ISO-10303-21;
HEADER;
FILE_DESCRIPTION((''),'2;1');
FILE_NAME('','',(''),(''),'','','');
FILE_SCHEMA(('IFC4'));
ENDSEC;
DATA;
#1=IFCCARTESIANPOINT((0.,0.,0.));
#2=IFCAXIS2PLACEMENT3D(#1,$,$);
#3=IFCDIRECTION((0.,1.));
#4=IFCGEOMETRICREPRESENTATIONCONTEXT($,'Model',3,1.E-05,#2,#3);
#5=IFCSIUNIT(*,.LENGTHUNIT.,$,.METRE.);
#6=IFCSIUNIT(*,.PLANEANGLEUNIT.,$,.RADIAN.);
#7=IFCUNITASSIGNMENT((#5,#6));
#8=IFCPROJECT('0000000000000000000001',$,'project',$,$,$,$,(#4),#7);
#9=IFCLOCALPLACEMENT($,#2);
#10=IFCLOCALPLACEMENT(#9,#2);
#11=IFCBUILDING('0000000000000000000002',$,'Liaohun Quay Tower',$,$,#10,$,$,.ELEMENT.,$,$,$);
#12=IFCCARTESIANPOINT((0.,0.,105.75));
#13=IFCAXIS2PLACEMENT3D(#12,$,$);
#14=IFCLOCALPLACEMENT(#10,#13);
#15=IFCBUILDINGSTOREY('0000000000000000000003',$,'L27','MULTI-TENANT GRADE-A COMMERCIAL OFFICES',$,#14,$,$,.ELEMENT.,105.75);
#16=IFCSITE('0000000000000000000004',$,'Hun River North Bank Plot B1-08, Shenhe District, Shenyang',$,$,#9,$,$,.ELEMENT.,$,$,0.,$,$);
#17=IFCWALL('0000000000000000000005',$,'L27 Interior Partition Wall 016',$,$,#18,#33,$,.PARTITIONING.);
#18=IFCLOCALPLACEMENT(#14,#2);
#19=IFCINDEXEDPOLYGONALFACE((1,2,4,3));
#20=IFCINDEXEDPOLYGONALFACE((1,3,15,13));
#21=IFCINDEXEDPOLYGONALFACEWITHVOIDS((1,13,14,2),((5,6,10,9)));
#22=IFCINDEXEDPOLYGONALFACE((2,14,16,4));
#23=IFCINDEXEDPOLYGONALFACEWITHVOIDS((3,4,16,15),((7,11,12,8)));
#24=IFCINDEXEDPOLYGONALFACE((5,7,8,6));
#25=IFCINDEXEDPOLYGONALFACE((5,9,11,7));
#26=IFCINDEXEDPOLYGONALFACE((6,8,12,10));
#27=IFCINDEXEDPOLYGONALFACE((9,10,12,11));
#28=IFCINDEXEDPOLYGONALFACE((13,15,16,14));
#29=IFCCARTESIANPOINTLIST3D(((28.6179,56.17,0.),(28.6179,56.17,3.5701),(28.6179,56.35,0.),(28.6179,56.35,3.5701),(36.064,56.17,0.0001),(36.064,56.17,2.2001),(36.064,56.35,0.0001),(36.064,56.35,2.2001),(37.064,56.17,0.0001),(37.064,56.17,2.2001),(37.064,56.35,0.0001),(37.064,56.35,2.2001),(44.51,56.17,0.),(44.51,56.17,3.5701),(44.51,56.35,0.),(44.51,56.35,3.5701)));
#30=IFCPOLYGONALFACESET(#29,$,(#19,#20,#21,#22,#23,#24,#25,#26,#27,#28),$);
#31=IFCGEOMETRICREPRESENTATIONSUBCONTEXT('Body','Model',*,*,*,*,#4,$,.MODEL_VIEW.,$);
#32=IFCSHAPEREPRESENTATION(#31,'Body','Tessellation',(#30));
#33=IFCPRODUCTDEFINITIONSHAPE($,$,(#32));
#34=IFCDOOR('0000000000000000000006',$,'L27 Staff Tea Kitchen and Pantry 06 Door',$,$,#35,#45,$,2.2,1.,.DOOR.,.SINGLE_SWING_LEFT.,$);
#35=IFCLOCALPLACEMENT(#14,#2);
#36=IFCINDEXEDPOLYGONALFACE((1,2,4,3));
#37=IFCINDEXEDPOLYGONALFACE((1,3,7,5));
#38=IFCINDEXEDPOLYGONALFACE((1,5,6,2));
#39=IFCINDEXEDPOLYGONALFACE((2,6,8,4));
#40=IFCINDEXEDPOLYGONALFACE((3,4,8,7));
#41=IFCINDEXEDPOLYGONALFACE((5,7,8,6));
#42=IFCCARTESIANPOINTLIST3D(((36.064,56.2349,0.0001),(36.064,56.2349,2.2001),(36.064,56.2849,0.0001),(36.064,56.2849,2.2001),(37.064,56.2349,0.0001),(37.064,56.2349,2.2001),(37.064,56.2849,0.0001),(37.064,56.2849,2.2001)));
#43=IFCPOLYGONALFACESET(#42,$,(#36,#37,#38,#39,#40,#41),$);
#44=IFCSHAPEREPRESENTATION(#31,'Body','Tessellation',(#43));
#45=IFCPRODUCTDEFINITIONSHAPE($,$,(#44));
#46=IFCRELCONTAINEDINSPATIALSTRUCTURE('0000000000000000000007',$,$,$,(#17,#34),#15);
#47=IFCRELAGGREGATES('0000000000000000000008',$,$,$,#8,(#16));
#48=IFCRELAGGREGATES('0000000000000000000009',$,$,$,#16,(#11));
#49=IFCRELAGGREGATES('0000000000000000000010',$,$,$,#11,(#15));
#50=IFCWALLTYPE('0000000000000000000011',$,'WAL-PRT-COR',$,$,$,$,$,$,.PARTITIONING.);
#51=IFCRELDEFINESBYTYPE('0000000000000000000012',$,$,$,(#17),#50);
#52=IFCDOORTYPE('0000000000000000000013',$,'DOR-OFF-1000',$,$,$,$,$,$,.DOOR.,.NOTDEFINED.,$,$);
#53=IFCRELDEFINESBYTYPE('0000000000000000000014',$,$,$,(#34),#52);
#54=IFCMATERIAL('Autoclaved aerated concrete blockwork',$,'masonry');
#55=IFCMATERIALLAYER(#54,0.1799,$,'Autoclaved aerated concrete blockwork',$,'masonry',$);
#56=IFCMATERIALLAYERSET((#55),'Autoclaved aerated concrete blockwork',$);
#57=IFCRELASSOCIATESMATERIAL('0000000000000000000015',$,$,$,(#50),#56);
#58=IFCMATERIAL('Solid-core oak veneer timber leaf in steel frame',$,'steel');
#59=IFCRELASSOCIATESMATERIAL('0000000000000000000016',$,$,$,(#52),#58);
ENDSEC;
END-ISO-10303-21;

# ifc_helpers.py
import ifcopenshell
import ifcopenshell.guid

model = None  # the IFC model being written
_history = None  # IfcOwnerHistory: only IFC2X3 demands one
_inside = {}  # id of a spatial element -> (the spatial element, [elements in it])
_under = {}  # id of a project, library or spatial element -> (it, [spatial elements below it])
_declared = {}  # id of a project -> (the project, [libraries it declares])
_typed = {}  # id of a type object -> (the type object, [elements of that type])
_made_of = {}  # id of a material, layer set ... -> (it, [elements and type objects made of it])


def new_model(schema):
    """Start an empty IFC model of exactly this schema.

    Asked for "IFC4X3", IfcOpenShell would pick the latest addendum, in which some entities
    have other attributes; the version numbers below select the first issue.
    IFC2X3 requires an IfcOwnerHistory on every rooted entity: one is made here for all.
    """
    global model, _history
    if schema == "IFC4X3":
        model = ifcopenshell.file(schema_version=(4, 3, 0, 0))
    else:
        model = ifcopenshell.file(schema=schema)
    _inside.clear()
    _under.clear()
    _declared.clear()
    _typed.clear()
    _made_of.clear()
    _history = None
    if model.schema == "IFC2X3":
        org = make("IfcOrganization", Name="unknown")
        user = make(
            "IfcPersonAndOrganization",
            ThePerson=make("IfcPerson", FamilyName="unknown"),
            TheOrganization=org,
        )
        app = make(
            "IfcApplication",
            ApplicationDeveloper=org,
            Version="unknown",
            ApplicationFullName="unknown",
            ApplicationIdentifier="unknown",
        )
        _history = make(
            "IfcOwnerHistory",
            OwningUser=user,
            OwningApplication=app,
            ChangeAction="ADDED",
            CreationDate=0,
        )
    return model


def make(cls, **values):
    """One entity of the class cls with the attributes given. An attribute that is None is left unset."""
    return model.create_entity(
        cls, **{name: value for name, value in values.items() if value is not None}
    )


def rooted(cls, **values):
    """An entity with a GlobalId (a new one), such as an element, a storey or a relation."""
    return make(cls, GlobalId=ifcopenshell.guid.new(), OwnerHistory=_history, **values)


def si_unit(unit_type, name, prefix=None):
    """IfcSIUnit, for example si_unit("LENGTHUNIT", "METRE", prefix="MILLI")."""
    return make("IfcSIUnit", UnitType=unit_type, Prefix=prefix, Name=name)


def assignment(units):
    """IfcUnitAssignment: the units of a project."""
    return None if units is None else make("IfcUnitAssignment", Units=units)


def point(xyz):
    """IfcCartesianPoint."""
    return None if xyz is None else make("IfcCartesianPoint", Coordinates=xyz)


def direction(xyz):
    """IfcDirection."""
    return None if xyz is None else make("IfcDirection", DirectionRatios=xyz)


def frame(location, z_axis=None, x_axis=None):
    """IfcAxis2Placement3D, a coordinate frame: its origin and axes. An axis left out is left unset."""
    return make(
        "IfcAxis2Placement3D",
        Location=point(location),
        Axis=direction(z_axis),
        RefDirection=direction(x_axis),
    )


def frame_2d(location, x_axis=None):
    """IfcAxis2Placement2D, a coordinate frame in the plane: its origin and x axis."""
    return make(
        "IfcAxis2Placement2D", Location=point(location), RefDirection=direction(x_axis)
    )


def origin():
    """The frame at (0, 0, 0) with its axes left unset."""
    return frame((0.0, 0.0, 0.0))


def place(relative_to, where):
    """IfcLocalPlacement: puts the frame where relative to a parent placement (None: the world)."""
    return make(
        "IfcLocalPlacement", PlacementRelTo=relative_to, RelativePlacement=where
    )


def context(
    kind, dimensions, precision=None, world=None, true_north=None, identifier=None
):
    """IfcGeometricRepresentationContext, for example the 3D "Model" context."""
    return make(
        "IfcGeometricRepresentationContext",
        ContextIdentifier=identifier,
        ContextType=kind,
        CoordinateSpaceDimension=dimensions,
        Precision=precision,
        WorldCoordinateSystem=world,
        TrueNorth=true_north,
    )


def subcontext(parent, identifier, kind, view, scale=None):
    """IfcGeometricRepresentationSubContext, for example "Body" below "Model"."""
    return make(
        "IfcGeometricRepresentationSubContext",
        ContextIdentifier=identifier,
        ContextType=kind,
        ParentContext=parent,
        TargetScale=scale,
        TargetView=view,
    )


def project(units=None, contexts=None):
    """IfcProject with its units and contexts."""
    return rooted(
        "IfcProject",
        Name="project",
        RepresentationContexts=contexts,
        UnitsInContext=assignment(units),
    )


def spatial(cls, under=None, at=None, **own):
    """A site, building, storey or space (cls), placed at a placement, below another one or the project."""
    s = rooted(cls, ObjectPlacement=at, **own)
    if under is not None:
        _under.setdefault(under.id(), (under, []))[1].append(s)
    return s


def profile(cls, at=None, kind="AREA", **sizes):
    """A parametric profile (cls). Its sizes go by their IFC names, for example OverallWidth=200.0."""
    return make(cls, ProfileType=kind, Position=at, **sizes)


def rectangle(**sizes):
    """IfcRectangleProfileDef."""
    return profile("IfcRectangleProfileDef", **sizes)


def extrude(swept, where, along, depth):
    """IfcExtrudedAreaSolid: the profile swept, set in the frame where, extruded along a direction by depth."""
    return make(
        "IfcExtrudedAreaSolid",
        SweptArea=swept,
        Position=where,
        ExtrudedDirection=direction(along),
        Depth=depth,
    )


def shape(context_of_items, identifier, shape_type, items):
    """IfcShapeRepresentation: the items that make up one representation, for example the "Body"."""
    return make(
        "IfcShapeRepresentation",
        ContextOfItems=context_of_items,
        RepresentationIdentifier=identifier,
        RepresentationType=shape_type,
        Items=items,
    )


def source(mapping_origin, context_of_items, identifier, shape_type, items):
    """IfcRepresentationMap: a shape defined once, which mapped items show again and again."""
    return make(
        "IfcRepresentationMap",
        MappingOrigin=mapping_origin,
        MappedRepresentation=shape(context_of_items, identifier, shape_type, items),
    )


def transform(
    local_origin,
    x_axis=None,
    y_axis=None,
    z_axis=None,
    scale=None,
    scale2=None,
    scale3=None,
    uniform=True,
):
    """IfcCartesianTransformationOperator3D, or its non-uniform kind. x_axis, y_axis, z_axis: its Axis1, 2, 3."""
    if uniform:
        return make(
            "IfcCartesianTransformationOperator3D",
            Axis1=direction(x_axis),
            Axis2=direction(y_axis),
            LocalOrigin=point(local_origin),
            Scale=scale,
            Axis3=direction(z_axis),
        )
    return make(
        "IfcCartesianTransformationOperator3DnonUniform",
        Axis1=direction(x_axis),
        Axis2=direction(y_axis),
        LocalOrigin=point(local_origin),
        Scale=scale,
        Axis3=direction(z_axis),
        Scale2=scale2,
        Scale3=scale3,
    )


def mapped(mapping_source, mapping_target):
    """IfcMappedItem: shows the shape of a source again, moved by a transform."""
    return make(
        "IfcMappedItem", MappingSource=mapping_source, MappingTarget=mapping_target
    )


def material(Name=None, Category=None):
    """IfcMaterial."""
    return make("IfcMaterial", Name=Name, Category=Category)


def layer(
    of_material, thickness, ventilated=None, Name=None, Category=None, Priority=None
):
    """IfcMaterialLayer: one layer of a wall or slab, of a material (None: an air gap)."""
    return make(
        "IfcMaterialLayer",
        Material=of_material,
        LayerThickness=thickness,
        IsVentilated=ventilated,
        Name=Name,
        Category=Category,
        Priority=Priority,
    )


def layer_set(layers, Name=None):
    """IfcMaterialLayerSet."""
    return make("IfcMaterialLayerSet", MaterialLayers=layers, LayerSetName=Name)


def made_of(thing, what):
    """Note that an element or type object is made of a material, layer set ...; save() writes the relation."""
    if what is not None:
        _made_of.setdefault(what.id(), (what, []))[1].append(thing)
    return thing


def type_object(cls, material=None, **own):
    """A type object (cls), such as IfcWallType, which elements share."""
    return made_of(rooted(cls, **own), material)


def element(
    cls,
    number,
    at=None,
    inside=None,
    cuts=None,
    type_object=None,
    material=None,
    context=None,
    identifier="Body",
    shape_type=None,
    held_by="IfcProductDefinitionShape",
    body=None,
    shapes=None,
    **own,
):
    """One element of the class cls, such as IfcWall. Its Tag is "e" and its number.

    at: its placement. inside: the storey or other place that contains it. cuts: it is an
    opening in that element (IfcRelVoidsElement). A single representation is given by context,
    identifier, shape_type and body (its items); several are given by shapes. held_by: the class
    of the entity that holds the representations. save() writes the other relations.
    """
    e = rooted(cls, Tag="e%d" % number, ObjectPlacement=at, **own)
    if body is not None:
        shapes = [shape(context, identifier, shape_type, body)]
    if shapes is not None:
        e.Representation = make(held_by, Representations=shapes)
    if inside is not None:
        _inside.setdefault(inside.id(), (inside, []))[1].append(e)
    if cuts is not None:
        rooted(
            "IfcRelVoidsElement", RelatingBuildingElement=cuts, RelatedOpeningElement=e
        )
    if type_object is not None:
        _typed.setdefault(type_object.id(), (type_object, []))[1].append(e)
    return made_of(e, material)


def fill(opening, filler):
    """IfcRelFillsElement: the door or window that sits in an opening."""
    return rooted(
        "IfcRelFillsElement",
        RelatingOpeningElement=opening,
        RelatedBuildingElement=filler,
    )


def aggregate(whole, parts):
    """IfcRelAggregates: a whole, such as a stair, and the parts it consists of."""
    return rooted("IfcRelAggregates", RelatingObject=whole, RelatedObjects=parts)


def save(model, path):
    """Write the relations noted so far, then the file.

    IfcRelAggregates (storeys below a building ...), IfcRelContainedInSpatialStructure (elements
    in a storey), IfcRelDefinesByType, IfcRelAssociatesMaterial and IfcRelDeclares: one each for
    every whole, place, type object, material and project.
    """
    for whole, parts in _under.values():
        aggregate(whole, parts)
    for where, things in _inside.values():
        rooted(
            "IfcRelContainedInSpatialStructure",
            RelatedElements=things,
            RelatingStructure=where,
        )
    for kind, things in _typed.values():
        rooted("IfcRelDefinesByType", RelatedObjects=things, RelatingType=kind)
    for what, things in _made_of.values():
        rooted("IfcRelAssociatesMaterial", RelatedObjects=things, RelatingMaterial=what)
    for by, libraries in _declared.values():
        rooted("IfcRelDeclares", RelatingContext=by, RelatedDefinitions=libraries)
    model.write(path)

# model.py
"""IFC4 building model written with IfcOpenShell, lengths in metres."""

from ifc_helpers import new_model, si_unit, direction, frame, frame_2d, origin, place, context, subcontext, project, spatial, rectangle, extrude, source, transform, mapped, material, layer, layer_set, type_object, element, fill, save


model = new_model("IFC4")

# Units and contexts
model_context = context("Model", 3, precision=1e-05, world=origin(), true_north=direction((0.0, 1.0)))
body_context = subcontext(model_context, "Body", "Model", "MODEL_VIEW")
ifc_project = project(units=[si_unit("LENGTHUNIT", "METRE"), si_unit("PLANEANGLEUNIT", "RADIAN")], contexts=[model_context])

# Site, building, storey
site_placement = place(None, origin())
site = spatial("IfcSite", under=ifc_project, at=site_placement, Name="Hun River North Bank Plot B1-08, Shenhe District, Shenyang", CompositionType="ELEMENT", RefElevation=0.0)
building_placement = place(site_placement, origin())
building = spatial("IfcBuilding", under=site, at=building_placement, Name="Liaohun Quay Tower", CompositionType="ELEMENT")
storey_placement = place(building_placement, frame((0.0, 0.0, 105.75)))
storey = spatial("IfcBuildingStorey", under=building, at=storey_placement, Name="L27", Description="MULTI-TENANT GRADE-A COMMERCIAL OFFICES", CompositionType="ELEMENT", Elevation=105.75)

# Wall, opening, door
ifc_material_1 = material(Name="Autoclaved aerated concrete blockwork", Category="masonry")
ifc_layer_1 = layer(ifc_material_1, 0.1799, Name="Autoclaved aerated concrete blockwork", Category="masonry")
ifc_layer_set_1 = layer_set([ifc_layer_1], Name="Autoclaved aerated concrete blockwork")
wall_type_1 = type_object("IfcWallType", Name="WAL-PRT-COR", PredefinedType="PARTITIONING", material=ifc_layer_set_1)
wall_1_placement = place(storey_placement, frame((28.6179, 56.26, 0.0), z_axis=(0.0, 0.0, 1.0), x_axis=(1.0, 0.0, 0.0)))
wall_1 = element("IfcWall", 1, at=wall_1_placement, inside=storey, type_object=wall_type_1, Name="L27 Interior Partition Wall 016", PredefinedType="PARTITIONING", context=body_context, shape_type="SweptSolid", body=[
    extrude(rectangle(XDim=15.8921, YDim=0.1799, at=frame_2d((7.946, 0.0))), origin(), (0.0, 0.0, 1.0), 3.5701),
])
shared_shape_1 = source(origin(), body_context, "Body", "SweptSolid", [
    extrude(rectangle(XDim=1.0, YDim=2.2, at=frame_2d((0.5, 1.1001))), frame((0.0, 0.0999, 0.0), z_axis=(0.0, -1.0, 0.0), x_axis=(1.0, 0.0, 0.0)), (0.0, 0.0, 1.0), 0.2),
])
opening_1_placement = place(wall_1_placement, frame((7.446, 0.0, 0.0)))
opening_1 = element("IfcOpeningElement", 2, at=opening_1_placement, cuts=wall_1, PredefinedType="OPENING", context=body_context, shape_type="MappedRepresentation", body=[
    mapped(shared_shape_1, transform((0.0, 0.0, 0.0), x_axis=(1.0, 0.0, 0.0), y_axis=(0.0, 1.0, 0.0), z_axis=(0.0, 0.0, 1.0), scale=1.0)),
])
ifc_material_2 = material(Name="Solid-core oak veneer timber leaf in steel frame", Category="steel")
door_type_1 = type_object("IfcDoorType", Name="DOR-OFF-1000", OperationType="NOTDEFINED", PredefinedType="DOOR", material=ifc_material_2)
shared_shape_2 = source(origin(), body_context, "Body", "SweptSolid", [
    extrude(rectangle(XDim=1.0, YDim=2.2, at=frame_2d((0.5, 1.1001))), frame((0.0, 0.0249, 0.0), z_axis=(0.0, -1.0, 0.0), x_axis=(1.0, 0.0, 0.0)), (0.0, 0.0, 1.0), 0.05),
])
door_1_placement = place(opening_1_placement, origin())
door_1 = element("IfcDoor", 3, at=door_1_placement, inside=storey, type_object=door_type_1, Name="L27 Staff Tea Kitchen and Pantry 06 Door", OperationType="SINGLE_SWING_LEFT", OverallHeight=2.2, OverallWidth=1.0, PredefinedType="DOOR", context=body_context, shape_type="MappedRepresentation", body=[
    mapped(shared_shape_2, transform((0.0, 0.0, 0.0), x_axis=(1.0, 0.0, 0.0), y_axis=(0.0, 1.0, 0.0), z_axis=(0.0, 0.0, 1.0), scale=1.0)),
])
fill(opening_1, door_1)

save(model, "model.ifc")
